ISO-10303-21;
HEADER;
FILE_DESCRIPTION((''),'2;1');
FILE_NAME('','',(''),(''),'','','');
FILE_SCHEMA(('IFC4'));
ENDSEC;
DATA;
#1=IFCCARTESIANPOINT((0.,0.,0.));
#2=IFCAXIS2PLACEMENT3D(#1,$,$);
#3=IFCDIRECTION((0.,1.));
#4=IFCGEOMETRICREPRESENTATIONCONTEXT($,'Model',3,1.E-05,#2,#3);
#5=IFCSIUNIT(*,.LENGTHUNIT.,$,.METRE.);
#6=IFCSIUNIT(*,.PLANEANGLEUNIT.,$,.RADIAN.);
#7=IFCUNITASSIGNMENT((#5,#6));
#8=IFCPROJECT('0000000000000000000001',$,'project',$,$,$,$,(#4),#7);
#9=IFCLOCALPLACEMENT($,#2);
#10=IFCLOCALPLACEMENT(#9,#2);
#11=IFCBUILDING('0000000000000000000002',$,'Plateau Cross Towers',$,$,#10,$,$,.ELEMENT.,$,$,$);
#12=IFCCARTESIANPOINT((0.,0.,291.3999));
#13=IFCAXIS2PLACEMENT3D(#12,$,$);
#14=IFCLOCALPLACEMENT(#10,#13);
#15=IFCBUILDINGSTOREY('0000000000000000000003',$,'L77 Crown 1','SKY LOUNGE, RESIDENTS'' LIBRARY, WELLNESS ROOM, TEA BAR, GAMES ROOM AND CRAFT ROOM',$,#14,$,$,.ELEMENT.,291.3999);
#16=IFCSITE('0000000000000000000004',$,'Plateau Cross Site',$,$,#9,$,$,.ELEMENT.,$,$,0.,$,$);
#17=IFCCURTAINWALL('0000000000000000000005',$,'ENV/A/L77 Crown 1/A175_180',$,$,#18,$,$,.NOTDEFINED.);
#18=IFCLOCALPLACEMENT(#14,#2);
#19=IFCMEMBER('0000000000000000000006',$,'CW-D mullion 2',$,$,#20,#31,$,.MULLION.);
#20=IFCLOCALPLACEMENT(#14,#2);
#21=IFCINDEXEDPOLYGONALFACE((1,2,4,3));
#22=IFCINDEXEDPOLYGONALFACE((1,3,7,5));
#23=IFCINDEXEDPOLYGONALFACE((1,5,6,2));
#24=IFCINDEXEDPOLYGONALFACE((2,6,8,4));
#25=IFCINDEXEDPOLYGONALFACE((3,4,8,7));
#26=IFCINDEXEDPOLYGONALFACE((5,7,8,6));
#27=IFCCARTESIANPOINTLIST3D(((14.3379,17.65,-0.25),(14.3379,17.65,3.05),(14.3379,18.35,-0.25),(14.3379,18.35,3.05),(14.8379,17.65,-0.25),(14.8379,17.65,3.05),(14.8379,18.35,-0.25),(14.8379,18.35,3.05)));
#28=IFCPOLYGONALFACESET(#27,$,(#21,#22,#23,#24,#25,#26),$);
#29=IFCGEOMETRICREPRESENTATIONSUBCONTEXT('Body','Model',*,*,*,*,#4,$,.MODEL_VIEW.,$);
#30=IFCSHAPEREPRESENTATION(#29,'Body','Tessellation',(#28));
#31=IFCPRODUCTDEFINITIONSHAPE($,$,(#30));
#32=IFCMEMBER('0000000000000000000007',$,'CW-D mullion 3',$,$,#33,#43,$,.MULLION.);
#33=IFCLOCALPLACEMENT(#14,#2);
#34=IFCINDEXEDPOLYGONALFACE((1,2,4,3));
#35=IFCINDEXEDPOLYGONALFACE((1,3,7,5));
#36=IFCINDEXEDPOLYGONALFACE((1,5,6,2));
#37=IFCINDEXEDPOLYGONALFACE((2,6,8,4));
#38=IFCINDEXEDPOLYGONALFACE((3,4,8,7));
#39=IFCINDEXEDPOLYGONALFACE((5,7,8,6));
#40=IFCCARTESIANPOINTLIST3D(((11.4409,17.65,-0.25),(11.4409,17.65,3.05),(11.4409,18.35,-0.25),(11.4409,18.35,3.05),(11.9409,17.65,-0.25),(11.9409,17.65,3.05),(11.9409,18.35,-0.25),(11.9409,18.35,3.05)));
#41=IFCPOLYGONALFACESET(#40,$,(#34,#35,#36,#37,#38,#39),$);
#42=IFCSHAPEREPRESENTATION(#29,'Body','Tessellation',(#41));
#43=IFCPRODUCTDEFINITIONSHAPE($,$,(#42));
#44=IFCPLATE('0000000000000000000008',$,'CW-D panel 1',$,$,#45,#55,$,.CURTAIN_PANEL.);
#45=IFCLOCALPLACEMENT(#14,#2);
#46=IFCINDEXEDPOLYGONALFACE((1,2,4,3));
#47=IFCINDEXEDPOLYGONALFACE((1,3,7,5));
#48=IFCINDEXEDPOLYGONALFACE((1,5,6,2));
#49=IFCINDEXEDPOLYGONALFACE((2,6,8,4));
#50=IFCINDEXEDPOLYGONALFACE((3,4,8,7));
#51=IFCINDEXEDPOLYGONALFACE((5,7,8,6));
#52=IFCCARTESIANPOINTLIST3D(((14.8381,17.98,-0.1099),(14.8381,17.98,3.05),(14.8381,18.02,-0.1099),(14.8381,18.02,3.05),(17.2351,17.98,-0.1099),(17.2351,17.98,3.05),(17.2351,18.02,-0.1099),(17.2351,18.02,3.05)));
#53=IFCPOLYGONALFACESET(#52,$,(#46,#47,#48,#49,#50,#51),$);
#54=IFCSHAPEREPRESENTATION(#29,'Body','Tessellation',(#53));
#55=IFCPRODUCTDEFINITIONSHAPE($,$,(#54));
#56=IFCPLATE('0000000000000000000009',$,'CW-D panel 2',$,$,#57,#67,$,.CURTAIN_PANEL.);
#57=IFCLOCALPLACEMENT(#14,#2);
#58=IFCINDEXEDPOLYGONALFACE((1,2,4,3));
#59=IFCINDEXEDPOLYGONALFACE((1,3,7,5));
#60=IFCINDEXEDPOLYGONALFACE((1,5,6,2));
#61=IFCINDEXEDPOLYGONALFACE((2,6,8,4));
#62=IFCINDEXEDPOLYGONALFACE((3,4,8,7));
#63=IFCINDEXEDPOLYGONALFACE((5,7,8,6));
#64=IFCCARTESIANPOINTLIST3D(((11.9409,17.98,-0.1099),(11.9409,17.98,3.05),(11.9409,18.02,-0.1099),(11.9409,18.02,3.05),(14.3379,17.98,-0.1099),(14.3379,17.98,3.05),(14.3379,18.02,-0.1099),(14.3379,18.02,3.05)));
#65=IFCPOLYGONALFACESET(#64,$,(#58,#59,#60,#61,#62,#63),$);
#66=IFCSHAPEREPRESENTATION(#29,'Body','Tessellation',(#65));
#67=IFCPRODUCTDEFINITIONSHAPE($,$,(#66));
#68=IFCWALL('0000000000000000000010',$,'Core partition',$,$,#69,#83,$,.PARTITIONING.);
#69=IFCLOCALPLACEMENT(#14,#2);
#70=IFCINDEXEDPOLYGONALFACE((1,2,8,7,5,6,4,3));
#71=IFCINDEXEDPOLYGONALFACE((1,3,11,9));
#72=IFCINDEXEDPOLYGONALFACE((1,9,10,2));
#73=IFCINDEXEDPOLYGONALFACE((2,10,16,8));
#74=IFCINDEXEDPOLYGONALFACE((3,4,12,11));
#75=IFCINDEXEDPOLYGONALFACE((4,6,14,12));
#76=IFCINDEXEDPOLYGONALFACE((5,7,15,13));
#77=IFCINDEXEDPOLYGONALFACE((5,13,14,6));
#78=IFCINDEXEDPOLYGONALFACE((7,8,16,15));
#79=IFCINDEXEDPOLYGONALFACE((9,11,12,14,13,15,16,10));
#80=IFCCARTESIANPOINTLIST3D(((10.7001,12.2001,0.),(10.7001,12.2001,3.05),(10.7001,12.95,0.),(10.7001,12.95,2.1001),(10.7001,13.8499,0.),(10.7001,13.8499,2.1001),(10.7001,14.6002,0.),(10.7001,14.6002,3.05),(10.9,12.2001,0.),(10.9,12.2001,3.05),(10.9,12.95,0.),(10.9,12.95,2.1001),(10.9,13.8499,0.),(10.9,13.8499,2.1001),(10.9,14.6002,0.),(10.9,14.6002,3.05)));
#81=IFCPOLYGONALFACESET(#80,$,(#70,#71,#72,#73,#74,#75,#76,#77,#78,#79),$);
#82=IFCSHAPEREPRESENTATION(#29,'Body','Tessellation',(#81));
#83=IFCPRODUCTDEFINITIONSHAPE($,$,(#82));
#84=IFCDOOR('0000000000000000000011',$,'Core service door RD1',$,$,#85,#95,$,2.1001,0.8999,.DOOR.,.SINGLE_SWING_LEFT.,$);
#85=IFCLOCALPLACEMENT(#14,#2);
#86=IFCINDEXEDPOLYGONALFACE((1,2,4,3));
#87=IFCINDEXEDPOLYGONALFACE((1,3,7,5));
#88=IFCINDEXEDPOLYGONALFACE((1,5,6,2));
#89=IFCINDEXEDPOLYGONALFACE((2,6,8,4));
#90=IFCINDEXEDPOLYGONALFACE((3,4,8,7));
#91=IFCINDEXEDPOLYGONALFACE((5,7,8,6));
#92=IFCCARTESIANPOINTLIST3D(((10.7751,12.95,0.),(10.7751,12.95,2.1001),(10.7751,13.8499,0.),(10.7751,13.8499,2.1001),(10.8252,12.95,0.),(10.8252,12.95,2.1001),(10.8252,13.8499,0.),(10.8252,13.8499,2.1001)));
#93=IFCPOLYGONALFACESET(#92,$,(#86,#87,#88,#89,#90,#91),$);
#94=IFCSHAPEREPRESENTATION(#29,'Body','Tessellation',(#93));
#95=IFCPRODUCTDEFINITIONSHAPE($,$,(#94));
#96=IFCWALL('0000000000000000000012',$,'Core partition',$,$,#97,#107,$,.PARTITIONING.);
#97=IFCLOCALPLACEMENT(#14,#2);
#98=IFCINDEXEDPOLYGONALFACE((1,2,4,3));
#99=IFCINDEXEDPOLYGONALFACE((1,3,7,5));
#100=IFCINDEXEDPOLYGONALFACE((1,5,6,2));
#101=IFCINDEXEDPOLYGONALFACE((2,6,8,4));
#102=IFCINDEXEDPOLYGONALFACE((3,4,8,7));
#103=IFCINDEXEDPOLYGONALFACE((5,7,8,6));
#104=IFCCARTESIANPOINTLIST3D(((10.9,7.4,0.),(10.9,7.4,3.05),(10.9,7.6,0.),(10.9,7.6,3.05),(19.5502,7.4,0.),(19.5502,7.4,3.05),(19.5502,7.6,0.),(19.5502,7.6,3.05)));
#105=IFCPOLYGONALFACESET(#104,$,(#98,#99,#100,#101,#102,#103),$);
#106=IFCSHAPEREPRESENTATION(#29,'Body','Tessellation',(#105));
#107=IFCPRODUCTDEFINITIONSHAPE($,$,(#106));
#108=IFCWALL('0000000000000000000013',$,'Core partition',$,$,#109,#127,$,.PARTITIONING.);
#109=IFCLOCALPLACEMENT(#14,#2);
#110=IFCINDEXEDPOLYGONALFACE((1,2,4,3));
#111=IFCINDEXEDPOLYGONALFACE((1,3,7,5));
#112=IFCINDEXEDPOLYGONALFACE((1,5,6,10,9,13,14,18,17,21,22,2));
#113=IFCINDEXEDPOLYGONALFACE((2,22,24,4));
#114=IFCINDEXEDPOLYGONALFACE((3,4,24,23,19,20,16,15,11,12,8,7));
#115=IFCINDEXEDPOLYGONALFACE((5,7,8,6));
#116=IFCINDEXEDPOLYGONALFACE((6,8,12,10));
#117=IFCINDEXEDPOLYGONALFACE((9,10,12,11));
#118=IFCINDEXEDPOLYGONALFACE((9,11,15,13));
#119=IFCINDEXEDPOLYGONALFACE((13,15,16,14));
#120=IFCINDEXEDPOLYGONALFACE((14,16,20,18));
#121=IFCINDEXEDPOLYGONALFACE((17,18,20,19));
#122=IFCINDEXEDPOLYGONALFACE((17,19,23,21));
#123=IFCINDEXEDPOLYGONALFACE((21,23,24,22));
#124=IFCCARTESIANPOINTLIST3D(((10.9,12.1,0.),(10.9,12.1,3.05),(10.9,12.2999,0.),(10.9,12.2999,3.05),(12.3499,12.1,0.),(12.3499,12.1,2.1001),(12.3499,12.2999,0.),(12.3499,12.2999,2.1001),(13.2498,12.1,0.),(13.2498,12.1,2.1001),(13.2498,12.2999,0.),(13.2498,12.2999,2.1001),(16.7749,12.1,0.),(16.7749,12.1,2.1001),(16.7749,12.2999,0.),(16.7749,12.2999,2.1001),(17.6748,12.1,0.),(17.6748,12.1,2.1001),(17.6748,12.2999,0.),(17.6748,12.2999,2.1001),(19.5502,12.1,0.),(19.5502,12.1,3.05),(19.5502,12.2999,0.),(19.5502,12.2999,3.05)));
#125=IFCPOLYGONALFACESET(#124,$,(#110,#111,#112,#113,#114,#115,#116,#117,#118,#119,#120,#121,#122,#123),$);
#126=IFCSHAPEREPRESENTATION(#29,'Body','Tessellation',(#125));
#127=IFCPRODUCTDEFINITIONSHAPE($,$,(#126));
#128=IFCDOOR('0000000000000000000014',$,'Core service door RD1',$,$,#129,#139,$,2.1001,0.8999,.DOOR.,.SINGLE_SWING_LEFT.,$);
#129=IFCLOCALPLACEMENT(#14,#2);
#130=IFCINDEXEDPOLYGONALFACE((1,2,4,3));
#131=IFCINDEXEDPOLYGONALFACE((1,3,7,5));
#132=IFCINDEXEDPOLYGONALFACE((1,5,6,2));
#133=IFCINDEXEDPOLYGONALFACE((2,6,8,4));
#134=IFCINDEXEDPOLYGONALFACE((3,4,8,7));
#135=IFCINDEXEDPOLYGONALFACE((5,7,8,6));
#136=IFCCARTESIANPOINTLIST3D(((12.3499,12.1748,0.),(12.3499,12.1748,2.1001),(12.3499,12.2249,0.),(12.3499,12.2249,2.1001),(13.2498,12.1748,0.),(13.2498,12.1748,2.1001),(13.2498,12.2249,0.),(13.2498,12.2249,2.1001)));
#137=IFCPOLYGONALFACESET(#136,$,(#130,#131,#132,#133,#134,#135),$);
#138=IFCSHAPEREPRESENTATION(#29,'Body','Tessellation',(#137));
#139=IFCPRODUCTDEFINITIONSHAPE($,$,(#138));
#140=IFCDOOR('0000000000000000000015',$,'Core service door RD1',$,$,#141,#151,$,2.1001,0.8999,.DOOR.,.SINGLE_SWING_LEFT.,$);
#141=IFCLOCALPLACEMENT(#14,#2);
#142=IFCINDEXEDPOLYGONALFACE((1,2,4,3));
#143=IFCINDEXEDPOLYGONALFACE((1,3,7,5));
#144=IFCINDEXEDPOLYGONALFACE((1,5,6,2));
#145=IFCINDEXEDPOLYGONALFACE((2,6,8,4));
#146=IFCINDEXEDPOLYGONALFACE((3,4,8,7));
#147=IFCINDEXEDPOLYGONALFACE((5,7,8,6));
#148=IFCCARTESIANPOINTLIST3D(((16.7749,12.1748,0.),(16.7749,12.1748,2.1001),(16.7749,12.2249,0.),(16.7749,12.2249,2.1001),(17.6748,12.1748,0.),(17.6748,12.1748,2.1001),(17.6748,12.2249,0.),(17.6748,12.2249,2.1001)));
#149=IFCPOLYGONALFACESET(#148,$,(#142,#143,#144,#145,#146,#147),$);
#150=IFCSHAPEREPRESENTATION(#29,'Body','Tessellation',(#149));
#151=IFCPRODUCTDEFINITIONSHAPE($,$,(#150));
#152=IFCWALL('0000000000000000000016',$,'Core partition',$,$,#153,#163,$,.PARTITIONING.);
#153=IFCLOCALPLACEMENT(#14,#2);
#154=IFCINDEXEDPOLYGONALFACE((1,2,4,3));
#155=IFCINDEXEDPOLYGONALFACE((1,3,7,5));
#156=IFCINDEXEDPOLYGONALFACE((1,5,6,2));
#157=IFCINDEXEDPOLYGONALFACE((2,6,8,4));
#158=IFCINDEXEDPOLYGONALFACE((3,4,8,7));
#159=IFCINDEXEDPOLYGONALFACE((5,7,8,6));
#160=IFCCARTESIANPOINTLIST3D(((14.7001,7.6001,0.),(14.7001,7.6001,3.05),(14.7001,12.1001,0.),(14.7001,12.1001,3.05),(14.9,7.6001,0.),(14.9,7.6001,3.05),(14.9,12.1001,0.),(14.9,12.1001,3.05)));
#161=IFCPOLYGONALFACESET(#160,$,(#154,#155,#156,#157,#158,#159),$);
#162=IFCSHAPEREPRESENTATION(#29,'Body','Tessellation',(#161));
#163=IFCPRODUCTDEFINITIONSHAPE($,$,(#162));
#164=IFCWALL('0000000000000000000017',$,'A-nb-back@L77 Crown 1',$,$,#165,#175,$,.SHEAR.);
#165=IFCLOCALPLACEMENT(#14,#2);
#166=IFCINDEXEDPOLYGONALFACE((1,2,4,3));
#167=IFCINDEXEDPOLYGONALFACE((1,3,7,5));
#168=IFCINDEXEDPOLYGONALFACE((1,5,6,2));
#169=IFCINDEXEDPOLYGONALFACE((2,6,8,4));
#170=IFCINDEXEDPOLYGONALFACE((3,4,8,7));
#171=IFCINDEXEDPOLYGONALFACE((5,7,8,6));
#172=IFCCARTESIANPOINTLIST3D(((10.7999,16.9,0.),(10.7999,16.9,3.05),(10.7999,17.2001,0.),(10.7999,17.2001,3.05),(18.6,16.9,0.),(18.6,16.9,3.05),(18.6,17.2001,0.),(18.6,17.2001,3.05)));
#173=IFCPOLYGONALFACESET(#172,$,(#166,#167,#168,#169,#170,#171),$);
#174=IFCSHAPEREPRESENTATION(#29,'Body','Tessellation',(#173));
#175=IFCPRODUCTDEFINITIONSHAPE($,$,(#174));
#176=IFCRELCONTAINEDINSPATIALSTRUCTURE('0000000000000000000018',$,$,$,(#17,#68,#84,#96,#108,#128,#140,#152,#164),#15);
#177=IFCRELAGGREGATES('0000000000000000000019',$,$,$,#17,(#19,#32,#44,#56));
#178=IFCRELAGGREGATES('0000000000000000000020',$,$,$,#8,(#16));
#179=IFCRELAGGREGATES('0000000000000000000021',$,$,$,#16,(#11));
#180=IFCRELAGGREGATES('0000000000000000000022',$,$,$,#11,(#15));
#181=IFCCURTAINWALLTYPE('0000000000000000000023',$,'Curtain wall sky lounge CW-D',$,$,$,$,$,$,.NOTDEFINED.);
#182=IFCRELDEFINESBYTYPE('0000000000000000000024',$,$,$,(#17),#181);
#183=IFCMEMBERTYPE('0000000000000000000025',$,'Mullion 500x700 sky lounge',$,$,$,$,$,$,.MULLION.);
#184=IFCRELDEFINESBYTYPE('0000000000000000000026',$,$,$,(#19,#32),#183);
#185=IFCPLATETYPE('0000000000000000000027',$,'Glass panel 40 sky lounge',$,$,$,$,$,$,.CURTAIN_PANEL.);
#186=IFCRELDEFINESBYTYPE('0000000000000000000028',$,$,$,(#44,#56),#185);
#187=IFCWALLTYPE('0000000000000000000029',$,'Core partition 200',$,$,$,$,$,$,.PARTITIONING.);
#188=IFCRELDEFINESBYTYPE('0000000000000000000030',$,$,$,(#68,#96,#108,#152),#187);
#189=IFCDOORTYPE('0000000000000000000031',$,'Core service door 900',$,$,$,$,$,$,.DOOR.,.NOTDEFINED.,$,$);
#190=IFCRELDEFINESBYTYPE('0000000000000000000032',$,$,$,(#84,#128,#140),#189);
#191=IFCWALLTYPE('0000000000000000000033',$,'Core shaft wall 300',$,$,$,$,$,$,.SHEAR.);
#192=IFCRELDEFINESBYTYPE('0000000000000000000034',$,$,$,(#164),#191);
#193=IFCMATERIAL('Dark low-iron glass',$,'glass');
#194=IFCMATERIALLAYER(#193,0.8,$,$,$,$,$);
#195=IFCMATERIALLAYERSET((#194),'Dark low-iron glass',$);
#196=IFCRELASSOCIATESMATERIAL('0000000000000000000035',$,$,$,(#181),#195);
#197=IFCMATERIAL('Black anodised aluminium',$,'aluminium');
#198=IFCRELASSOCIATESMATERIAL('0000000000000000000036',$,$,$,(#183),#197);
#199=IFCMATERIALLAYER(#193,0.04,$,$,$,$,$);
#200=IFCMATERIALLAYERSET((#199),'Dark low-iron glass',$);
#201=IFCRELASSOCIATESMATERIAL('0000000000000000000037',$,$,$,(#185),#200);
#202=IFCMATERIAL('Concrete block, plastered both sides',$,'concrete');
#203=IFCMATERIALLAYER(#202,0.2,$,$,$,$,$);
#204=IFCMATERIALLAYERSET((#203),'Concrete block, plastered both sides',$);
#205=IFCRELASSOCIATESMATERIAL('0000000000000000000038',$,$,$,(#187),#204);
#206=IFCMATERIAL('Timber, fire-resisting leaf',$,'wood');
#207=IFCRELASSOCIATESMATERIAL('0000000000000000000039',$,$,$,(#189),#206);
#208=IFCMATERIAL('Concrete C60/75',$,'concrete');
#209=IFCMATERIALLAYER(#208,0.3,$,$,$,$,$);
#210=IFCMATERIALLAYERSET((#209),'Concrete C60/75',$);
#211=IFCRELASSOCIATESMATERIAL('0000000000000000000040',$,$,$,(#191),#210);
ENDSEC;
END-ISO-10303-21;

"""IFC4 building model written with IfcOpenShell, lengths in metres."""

from ifc_helpers import new_model, si_unit, direction, frame, frame_2d, origin, origin_2d, place, context, subcontext, project, spatial, rectangle, extrude, material, layer, layer_set, material_profile, profile_set, type_object, element, fill, aggregate, save


model = new_model("IFC4")

# Units and contexts
model_context = context("Model", 3, precision=1e-05, world=origin(), true_north=direction((0.0, 1.0)))
body_context = subcontext(model_context, "Body", "Model", "MODEL_VIEW")
ifc_project = project(units=[si_unit("LENGTHUNIT", "METRE"), si_unit("PLANEANGLEUNIT", "RADIAN")], contexts=[model_context])

# Site, building, storey
site_placement = place(None, origin())
site = spatial("IfcSite", under=ifc_project, at=site_placement, Name="Plateau Cross Site", CompositionType="ELEMENT", RefElevation=0.0)
building_placement = place(site_placement, origin())
building = spatial("IfcBuilding", under=site, at=building_placement, Name="Plateau Cross Towers", CompositionType="ELEMENT")
storey_placement = place(building_placement, frame((0.0, 0.0, 291.3999)))
storey = spatial("IfcBuildingStorey", under=building, at=storey_placement, Name="L77 Crown 1", Description="SKY LOUNGE, RESIDENTS' LIBRARY, WELLNESS ROOM, TEA BAR, GAMES ROOM AND CRAFT ROOM", CompositionType="ELEMENT", Elevation=291.3999)

# Curtain wall, members, plates
ifc_material_1 = material(Name="Dark low-iron glass", Category="glass")
ifc_layer_1 = layer(ifc_material_1, 0.8)
ifc_layer_set_1 = layer_set([ifc_layer_1], Name="Dark low-iron glass")
curtain_wall_type = type_object("IfcCurtainWallType", Name="Curtain wall sky lounge CW-D", PredefinedType="NOTDEFINED", material=ifc_layer_set_1)
curtain_wall_placement = place(storey_placement, origin())
curtain_wall = element("IfcCurtainWall", 1, at=curtain_wall_placement, inside=storey, type_object=curtain_wall_type, Name="ENV/A/L77 Crown 1/A175_180", PredefinedType="NOTDEFINED")
ifc_material_2 = material(Name="Black anodised aluminium", Category="aluminium")
ifc_material_profile = material_profile(ifc_material_2, rectangle(XDim=0.5, YDim=0.7, at=origin_2d()), Name="MULLION 500x700")
ifc_profile_set = profile_set([ifc_material_profile], Name="Black anodised aluminium")
member_type = type_object("IfcMemberType", Name="Mullion 500x700 sky lounge", PredefinedType="MULLION", material=ifc_profile_set)
member_1_placement = place(storey_placement, frame((14.5879, 18.0, -0.25), z_axis=(0.0, 0.0, 1.0), x_axis=(-1.0, 0.0, 0.0)))
member_1 = element("IfcMember", 2, at=member_1_placement, type_object=member_type, Name="CW-D mullion 2", PredefinedType="MULLION", context=body_context, shape_type="SweptSolid", body=[
    extrude(rectangle(XDim=0.5, YDim=0.7, at=origin_2d()), origin(), (0.0, 0.0, 1.0), 3.3),
])
member_2_placement = place(storey_placement, frame((11.6909, 18.0, -0.25), z_axis=(0.0, 0.0, 1.0), x_axis=(-1.0, 0.0, 0.0)))
member_2 = element("IfcMember", 3, at=member_2_placement, type_object=member_type, Name="CW-D mullion 3", PredefinedType="MULLION", context=body_context, shape_type="SweptSolid", body=[
    extrude(rectangle(XDim=0.5, YDim=0.7, at=origin_2d()), origin(), (0.0, 0.0, 1.0), 3.3),
])
ifc_layer_2 = layer(ifc_material_1, 0.04)
ifc_layer_set_2 = layer_set([ifc_layer_2], Name="Dark low-iron glass")
plate_type = type_object("IfcPlateType", Name="Glass panel 40 sky lounge", PredefinedType="CURTAIN_PANEL", material=ifc_layer_set_2)
plate_1_placement = place(storey_placement, frame((16.0366, 18.0, -0.1099), z_axis=(0.0, 0.0, 1.0), x_axis=(-1.0, 0.0, 0.0)))
plate_1 = element("IfcPlate", 4, at=plate_1_placement, type_object=plate_type, Name="CW-D panel 1", PredefinedType="CURTAIN_PANEL", context=body_context, shape_type="SweptSolid", body=[
    extrude(rectangle(XDim=2.397, YDim=0.04, at=origin_2d()), origin(), (0.0, 0.0, 1.0), 3.1599),
])
plate_2_placement = place(storey_placement, frame((13.1394, 18.0, -0.1099), z_axis=(0.0, 0.0, 1.0), x_axis=(-1.0, 0.0, 0.0)))
plate_2 = element("IfcPlate", 5, at=plate_2_placement, type_object=plate_type, Name="CW-D panel 2", PredefinedType="CURTAIN_PANEL", context=body_context, shape_type="SweptSolid", body=[
    extrude(rectangle(XDim=2.397, YDim=0.04, at=origin_2d()), origin(), (0.0, 0.0, 1.0), 3.1599),
])
aggregate(curtain_wall, [member_1, member_2, plate_1, plate_2])

# Wall, opening, door
ifc_material_3 = material(Name="Concrete block, plastered both sides", Category="concrete")
ifc_layer_3 = layer(ifc_material_3, 0.2)
ifc_layer_set_3 = layer_set([ifc_layer_3], Name="Concrete block, plastered both sides")
wall_type_1 = type_object("IfcWallType", Name="Core partition 200", PredefinedType="PARTITIONING", material=ifc_layer_set_3)
wall_1_placement = place(storey_placement, frame((10.8, 12.2, 0.0), z_axis=(0.0, 0.0, 1.0), x_axis=(0.0, 1.0, 0.0)))
wall_1 = element("IfcWall", 6, at=wall_1_placement, inside=storey, type_object=wall_type_1, Name="Core partition", PredefinedType="PARTITIONING", context=body_context, shape_type="SweptSolid", body=[
    extrude(rectangle(XDim=2.4001, YDim=0.2, at=frame_2d((1.2002, 0.0))), origin(), (0.0, 0.0, 1.0), 3.05),
])
opening_1_placement = place(wall_1_placement, frame((0.75, 0.0, 0.0)))
opening_1 = element("IfcOpeningElement", 7, at=opening_1_placement, cuts=wall_1, PredefinedType="OPENING", context=body_context, shape_type="SweptSolid", body=[
    extrude(rectangle(XDim=0.8999, YDim=2.1001, at=frame_2d((0.45, 1.05))), frame((0.0, 0.1099, 0.0), z_axis=(0.0, -1.0, 0.0), x_axis=(1.0, 0.0, 0.0)), (0.0, 0.0, 1.0), 0.22),
])
ifc_material_4 = material(Name="Timber, fire-resisting leaf", Category="wood")
door_type_1 = type_object("IfcDoorType", Name="Core service door 900", OperationType="NOTDEFINED", PredefinedType="DOOR", material=ifc_material_4)
door_1_placement = place(opening_1_placement, origin())
door_1 = element("IfcDoor", 8, at=door_1_placement, inside=storey, type_object=door_type_1, Name="Core service door RD1", OperationType="SINGLE_SWING_LEFT", OverallHeight=2.1001, OverallWidth=0.8999, PredefinedType="DOOR", context=body_context, shape_type="SweptSolid", body=[
    extrude(rectangle(XDim=0.8999, YDim=2.1001, at=frame_2d((0.45, 1.05))), frame((0.0, 0.0249, 0.0), z_axis=(0.0, -1.0, 0.0), x_axis=(1.0, 0.0, 0.0)), (0.0, 0.0, 1.0), 0.05),
])
fill(opening_1, door_1)

# Wall
wall_2_placement = place(storey_placement, frame((10.8999, 7.5, 0.0), z_axis=(0.0, 0.0, 1.0), x_axis=(1.0, 0.0, 0.0)))
element("IfcWall", 9, at=wall_2_placement, inside=storey, type_object=wall_type_1, Name="Core partition", PredefinedType="PARTITIONING", context=body_context, shape_type="SweptSolid", body=[
    extrude(rectangle(XDim=8.6501, YDim=0.2, at=frame_2d((4.3252, 0.0))), origin(), (0.0, 0.0, 1.0), 3.05),
])

# Wall, openings, doors
wall_3_placement = place(storey_placement, frame((10.8999, 12.2, 0.0), z_axis=(0.0, 0.0, 1.0), x_axis=(1.0, 0.0, 0.0)))
wall_3 = element("IfcWall", 10, at=wall_3_placement, inside=storey, type_object=wall_type_1, Name="Core partition", PredefinedType="PARTITIONING", context=body_context, shape_type="SweptSolid", body=[
    extrude(rectangle(XDim=8.6501, YDim=0.2, at=frame_2d((4.3252, 0.0))), origin(), (0.0, 0.0, 1.0), 3.05),
])
opening_2_placement = place(wall_3_placement, frame((1.45, 0.0, 0.0)))
opening_2 = element("IfcOpeningElement", 11, at=opening_2_placement, cuts=wall_3, PredefinedType="OPENING", context=body_context, shape_type="SweptSolid", body=[
    extrude(rectangle(XDim=0.8999, YDim=2.1001, at=frame_2d((0.45, 1.05))), frame((0.0, 0.1099, 0.0), z_axis=(0.0, -1.0, 0.0), x_axis=(1.0, 0.0, 0.0)), (0.0, 0.0, 1.0), 0.22),
])
opening_3_placement = place(wall_3_placement, frame((5.875, 0.0, 0.0)))
opening_3 = element("IfcOpeningElement", 12, at=opening_3_placement, cuts=wall_3, PredefinedType="OPENING", context=body_context, shape_type="SweptSolid", body=[
    extrude(rectangle(XDim=0.8999, YDim=2.1001, at=frame_2d((0.45, 1.05))), frame((0.0, 0.1099, 0.0), z_axis=(0.0, -1.0, 0.0), x_axis=(1.0, 0.0, 0.0)), (0.0, 0.0, 1.0), 0.22),
])
door_2_placement = place(opening_2_placement, origin())
door_2 = element("IfcDoor", 13, at=door_2_placement, inside=storey, type_object=door_type_1, Name="Core service door RD1", OperationType="SINGLE_SWING_LEFT", OverallHeight=2.1001, OverallWidth=0.8999, PredefinedType="DOOR", context=body_context, shape_type="SweptSolid", body=[
    extrude(rectangle(XDim=0.8999, YDim=2.1001, at=frame_2d((0.45, 1.05))), frame((0.0, 0.0249, 0.0), z_axis=(0.0, -1.0, 0.0), x_axis=(1.0, 0.0, 0.0)), (0.0, 0.0, 1.0), 0.05),
])
fill(opening_2, door_2)
door_3_placement = place(opening_3_placement, origin())
door_3 = element("IfcDoor", 14, at=door_3_placement, inside=storey, type_object=door_type_1, Name="Core service door RD1", OperationType="SINGLE_SWING_LEFT", OverallHeight=2.1001, OverallWidth=0.8999, PredefinedType="DOOR", context=body_context, shape_type="SweptSolid", body=[
    extrude(rectangle(XDim=0.8999, YDim=2.1001, at=frame_2d((0.45, 1.05))), frame((0.0, 0.0249, 0.0), z_axis=(0.0, -1.0, 0.0), x_axis=(1.0, 0.0, 0.0)), (0.0, 0.0, 1.0), 0.05),
])
fill(opening_3, door_3)

# Walls
wall_4_placement = place(storey_placement, frame((14.8, 7.6001, 0.0), z_axis=(0.0, 0.0, 1.0), x_axis=(0.0, 1.0, 0.0)))
element("IfcWall", 15, at=wall_4_placement, inside=storey, type_object=wall_type_1, Name="Core partition", PredefinedType="PARTITIONING", context=body_context, shape_type="SweptSolid", body=[
    extrude(rectangle(XDim=4.5, YDim=0.2, at=frame_2d((2.25, 0.0))), origin(), (0.0, 0.0, 1.0), 3.05),
])
ifc_material_5 = material(Name="Concrete C60/75", Category="concrete")
ifc_layer_4 = layer(ifc_material_5, 0.3)
ifc_layer_set_4 = layer_set([ifc_layer_4], Name="Concrete C60/75")
wall_type_2 = type_object("IfcWallType", Name="Core shaft wall 300", PredefinedType="SHEAR", material=ifc_layer_set_4)
wall_5_placement = place(storey_placement, frame((10.8, 17.05, 0.0), z_axis=(0.0, 0.0, 1.0), x_axis=(1.0, 0.0, 0.0)))
element("IfcWall", 16, at=wall_5_placement, inside=storey, type_object=wall_type_2, Name="A-nb-back@L77 Crown 1", PredefinedType="SHEAR", context=body_context, shape_type="SweptSolid", body=[
    extrude(rectangle(XDim=7.8, YDim=0.3, at=frame_2d((3.8999, 0.0))), origin(), (0.0, 0.0, 1.0), 3.05),
])

save(model, "model.ifc")
